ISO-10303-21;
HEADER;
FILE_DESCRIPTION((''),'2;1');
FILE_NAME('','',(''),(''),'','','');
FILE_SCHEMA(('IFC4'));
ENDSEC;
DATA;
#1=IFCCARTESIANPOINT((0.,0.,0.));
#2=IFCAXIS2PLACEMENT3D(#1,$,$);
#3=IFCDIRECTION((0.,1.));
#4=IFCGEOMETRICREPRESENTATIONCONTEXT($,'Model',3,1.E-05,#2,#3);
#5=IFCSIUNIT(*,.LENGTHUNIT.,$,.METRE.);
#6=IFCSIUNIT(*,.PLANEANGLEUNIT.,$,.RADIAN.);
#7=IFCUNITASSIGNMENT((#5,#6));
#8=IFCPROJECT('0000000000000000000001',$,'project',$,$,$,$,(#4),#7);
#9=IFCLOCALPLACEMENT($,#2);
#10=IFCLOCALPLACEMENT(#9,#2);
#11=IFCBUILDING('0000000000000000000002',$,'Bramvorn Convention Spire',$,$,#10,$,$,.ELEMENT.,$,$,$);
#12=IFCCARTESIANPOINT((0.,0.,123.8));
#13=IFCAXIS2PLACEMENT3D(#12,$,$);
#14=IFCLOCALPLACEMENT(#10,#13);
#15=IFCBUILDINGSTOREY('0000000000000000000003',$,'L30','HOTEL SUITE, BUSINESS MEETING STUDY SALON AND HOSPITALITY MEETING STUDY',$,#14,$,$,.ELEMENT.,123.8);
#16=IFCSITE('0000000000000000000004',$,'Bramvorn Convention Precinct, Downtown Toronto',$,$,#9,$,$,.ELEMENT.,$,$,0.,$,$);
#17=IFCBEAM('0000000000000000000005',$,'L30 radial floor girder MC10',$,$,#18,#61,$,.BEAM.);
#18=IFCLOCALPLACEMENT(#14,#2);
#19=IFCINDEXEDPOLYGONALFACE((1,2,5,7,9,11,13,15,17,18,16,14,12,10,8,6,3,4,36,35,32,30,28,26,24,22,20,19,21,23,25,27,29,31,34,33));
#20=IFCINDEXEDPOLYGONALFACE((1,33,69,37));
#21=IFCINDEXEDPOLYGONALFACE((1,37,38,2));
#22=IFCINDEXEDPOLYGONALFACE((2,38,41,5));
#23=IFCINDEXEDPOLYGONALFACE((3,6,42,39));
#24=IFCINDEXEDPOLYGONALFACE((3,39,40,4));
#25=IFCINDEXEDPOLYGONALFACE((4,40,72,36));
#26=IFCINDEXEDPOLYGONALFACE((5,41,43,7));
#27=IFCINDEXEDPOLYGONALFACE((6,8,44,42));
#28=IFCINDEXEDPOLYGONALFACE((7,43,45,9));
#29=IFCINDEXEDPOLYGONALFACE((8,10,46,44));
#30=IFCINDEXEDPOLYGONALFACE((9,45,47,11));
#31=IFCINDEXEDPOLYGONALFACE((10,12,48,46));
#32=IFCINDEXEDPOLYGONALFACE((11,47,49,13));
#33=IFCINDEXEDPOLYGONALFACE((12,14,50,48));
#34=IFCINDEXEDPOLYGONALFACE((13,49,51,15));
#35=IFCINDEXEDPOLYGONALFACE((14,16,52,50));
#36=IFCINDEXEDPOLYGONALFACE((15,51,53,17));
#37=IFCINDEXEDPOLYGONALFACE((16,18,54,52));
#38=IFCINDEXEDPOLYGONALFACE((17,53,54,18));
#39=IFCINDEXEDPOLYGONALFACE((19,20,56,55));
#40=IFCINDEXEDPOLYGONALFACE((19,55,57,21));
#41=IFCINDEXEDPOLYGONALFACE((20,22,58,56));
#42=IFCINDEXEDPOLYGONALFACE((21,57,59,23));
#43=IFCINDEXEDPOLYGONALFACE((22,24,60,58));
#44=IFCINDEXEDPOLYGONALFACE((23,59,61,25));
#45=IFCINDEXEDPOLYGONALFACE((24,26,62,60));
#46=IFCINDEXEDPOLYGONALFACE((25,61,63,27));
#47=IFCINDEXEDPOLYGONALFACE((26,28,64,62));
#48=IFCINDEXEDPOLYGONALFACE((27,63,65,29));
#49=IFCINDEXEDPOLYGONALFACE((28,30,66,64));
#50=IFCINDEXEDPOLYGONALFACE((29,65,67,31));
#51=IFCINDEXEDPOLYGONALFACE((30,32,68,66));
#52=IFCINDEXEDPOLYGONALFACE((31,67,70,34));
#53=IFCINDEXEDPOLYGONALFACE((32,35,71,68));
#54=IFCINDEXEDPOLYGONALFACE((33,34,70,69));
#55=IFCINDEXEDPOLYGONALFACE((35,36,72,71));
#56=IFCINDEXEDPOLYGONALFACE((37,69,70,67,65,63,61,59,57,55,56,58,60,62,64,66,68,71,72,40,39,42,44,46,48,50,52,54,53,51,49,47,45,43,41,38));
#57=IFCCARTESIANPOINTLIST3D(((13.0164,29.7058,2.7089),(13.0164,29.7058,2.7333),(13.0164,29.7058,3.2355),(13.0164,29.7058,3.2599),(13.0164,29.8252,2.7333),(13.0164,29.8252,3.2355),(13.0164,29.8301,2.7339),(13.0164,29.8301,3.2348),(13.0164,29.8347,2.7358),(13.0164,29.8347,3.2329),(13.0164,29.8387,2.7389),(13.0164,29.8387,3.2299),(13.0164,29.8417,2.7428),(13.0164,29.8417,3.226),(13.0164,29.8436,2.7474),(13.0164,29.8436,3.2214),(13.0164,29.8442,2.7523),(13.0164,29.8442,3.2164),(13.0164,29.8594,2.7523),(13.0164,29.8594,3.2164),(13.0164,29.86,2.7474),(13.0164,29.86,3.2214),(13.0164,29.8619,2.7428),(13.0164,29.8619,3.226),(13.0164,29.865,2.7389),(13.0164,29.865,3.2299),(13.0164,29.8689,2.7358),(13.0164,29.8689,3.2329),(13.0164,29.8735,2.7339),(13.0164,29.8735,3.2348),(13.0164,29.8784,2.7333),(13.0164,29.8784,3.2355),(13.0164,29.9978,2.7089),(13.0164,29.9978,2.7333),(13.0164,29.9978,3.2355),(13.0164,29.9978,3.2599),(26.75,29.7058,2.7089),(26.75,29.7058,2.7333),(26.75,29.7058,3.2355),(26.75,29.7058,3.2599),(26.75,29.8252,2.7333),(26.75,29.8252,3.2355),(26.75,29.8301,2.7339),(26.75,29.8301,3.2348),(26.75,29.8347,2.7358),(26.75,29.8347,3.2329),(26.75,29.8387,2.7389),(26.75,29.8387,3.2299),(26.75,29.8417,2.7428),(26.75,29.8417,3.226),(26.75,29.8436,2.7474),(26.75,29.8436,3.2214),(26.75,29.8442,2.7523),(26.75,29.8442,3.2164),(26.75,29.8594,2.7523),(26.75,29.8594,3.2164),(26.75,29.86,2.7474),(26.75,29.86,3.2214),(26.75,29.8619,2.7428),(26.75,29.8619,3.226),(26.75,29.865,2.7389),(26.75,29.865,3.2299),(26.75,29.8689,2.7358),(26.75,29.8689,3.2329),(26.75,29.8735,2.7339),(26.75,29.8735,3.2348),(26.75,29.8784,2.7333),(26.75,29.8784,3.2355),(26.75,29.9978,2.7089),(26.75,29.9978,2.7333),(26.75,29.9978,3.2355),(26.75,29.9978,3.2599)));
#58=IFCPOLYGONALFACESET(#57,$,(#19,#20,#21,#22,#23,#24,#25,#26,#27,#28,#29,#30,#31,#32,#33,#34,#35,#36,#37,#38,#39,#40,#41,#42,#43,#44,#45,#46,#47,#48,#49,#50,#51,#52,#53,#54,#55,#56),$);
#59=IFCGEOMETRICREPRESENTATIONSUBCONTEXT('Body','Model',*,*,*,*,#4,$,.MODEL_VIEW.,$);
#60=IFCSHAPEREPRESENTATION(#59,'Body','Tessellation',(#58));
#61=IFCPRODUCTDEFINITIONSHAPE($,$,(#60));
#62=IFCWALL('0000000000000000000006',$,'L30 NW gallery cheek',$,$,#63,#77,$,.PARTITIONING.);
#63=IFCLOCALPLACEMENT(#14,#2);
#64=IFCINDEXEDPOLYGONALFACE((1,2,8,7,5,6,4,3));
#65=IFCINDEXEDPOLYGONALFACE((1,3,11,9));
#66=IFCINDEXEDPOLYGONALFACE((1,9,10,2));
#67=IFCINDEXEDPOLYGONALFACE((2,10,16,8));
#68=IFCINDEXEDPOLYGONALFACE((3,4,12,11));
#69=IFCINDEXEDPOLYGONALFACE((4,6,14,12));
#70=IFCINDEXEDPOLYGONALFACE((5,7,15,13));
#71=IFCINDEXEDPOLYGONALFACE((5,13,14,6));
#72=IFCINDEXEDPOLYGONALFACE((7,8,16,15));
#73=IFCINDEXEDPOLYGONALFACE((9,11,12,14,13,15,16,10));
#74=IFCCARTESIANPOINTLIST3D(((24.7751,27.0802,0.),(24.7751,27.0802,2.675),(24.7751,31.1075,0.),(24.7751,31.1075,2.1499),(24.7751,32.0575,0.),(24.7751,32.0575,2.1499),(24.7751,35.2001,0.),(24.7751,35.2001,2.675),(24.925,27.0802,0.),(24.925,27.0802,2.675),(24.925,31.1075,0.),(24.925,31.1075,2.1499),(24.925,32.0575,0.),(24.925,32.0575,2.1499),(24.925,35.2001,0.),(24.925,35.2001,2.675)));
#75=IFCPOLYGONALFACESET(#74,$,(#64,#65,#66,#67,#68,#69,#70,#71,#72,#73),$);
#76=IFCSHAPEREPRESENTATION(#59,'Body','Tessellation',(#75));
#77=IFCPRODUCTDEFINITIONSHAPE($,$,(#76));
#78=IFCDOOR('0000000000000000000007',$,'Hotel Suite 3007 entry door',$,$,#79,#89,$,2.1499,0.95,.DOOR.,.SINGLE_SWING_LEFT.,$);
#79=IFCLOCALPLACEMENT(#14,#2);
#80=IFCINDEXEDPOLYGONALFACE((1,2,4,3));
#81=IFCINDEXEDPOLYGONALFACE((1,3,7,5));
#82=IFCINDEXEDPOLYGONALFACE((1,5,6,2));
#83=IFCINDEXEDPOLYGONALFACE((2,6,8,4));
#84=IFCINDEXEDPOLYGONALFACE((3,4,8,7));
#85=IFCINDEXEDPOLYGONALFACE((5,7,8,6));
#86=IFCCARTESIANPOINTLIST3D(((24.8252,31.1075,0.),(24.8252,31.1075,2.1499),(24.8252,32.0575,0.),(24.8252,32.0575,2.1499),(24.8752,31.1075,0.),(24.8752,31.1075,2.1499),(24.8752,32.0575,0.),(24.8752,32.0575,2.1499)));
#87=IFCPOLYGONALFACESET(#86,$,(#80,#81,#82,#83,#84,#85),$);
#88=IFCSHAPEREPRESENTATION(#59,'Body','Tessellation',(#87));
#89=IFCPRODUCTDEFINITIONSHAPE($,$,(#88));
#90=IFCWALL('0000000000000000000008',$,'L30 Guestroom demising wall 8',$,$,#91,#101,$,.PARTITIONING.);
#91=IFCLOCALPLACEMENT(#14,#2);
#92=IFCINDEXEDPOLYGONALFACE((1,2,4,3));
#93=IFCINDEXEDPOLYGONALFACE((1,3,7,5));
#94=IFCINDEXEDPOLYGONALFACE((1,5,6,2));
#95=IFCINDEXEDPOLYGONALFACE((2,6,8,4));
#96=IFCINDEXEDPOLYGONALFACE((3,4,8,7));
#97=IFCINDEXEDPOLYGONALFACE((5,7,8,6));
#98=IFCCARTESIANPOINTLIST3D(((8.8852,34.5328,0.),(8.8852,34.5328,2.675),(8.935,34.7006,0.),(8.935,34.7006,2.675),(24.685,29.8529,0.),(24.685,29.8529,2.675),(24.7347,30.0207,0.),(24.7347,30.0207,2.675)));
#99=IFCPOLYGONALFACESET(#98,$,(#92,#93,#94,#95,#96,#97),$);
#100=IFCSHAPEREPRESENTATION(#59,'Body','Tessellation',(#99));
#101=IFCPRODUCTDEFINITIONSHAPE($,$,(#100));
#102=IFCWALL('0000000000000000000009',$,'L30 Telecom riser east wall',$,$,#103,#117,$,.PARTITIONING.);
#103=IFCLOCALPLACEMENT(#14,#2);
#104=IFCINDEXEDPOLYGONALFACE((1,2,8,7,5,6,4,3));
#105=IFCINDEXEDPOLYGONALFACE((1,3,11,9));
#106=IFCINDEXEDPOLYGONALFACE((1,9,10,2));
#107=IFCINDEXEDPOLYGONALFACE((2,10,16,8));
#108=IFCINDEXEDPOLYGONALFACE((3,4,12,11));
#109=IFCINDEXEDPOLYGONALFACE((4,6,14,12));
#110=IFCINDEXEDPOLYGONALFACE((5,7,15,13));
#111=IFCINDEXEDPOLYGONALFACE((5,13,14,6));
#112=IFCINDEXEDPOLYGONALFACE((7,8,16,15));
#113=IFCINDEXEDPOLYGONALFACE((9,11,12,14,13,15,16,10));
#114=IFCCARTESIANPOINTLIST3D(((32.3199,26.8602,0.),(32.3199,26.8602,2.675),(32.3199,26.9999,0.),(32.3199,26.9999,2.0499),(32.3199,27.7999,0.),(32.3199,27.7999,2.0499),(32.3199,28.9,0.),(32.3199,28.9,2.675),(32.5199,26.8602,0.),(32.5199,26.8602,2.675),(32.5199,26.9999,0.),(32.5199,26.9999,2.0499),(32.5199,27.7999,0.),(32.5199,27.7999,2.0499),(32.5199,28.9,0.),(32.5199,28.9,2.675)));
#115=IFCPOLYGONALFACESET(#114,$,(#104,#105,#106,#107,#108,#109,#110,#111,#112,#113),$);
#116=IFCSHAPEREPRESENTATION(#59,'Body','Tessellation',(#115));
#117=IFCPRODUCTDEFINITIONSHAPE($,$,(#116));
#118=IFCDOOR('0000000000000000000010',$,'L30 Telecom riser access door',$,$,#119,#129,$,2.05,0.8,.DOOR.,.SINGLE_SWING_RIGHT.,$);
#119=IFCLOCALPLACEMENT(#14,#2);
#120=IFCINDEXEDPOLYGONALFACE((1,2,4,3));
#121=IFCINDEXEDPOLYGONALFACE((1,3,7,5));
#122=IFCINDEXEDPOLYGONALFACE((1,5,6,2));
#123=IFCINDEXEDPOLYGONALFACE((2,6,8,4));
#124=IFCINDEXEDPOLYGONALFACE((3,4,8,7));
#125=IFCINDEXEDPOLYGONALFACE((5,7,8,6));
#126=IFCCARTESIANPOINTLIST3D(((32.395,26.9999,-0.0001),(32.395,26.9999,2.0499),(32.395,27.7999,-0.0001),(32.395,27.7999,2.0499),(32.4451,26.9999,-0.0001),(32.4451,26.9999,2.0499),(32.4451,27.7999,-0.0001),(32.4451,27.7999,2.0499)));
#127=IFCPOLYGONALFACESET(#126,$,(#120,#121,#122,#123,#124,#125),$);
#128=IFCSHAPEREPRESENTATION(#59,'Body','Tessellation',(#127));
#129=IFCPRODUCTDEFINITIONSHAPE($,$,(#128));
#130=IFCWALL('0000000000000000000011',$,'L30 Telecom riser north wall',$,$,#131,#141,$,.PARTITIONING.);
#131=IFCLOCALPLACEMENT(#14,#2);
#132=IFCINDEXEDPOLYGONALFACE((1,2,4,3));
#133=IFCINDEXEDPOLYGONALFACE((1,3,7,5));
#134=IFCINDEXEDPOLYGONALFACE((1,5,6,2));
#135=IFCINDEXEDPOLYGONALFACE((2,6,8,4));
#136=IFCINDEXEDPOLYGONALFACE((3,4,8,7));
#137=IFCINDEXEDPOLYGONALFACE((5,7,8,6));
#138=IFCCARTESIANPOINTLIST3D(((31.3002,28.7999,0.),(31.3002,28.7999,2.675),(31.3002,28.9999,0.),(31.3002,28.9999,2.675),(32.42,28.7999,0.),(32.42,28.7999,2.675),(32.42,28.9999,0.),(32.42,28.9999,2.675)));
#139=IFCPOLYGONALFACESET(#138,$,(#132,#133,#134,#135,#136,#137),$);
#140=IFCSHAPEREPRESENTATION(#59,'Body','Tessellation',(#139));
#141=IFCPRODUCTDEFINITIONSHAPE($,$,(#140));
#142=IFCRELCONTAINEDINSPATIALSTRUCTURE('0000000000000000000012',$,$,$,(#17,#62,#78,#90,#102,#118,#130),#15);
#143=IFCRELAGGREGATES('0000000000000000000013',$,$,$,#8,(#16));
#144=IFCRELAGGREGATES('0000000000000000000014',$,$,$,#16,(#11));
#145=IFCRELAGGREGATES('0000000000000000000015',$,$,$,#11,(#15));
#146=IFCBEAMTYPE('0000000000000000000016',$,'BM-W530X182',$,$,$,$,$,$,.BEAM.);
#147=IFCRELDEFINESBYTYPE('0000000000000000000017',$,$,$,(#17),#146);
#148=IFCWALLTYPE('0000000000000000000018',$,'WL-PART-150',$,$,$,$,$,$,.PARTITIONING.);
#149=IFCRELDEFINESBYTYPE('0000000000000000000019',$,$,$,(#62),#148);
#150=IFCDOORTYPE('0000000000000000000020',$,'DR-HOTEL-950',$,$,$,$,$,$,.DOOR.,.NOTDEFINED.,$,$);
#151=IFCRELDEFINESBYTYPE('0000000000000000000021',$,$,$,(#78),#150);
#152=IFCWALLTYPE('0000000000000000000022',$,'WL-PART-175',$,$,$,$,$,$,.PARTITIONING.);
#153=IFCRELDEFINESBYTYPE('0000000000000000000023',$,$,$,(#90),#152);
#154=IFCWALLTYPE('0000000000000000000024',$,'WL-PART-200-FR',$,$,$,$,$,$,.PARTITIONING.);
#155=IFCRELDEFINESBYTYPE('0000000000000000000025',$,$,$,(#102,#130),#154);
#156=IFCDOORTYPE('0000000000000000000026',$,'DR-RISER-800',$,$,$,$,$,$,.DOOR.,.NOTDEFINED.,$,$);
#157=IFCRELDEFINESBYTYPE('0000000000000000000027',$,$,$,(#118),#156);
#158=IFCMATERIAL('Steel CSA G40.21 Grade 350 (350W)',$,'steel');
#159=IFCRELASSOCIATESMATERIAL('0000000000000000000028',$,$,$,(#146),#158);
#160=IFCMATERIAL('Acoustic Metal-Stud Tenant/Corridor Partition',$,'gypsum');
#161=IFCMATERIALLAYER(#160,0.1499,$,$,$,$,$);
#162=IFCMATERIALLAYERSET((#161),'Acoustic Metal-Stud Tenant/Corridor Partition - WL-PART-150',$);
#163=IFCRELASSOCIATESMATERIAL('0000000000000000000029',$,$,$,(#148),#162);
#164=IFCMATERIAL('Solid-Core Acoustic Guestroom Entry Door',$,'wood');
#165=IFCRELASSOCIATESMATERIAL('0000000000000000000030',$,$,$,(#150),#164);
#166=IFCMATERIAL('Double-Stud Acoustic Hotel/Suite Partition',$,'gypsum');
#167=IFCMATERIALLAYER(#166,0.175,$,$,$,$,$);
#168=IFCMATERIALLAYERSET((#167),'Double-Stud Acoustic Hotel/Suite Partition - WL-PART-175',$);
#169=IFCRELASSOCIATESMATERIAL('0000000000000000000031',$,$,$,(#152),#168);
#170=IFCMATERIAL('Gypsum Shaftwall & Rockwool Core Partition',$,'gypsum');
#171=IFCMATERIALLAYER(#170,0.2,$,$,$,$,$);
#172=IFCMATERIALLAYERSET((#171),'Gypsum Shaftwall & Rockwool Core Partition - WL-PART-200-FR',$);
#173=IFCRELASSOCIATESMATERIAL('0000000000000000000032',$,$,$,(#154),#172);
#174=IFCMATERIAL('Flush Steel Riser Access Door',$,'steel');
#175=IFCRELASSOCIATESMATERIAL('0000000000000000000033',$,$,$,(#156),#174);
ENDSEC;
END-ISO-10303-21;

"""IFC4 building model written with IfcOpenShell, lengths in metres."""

from ifc_helpers import new_model, si_unit, direction, frame, frame_2d, origin, origin_2d, place, context, subcontext, project, spatial, rectangle, i_section, extrude, material, layer, layer_set, material_profile, profile_set, type_object, element, fill, save


model = new_model("IFC4")

# Units and contexts
model_context = context("Model", 3, precision=1e-05, world=origin(), true_north=direction((0.0, 1.0)))
body_context = subcontext(model_context, "Body", "Model", "MODEL_VIEW")
ifc_project = project(units=[si_unit("LENGTHUNIT", "METRE"), si_unit("PLANEANGLEUNIT", "RADIAN")], contexts=[model_context])

# Site, building, storey
site_placement = place(None, origin())
site = spatial("IfcSite", under=ifc_project, at=site_placement, Name="Bramvorn Convention Precinct, Downtown Toronto", CompositionType="ELEMENT", RefElevation=0.0)
building_placement = place(site_placement, origin())
building = spatial("IfcBuilding", under=site, at=building_placement, Name="Bramvorn Convention Spire", CompositionType="ELEMENT")
storey_placement = place(building_placement, frame((0.0, 0.0, 123.8)))
storey = spatial("IfcBuildingStorey", under=building, at=storey_placement, Name="L30", Description="HOTEL SUITE, BUSINESS MEETING STUDY SALON AND HOSPITALITY MEETING STUDY", CompositionType="ELEMENT", Elevation=123.8)

# Beam
ifc_material_1 = material(Name="Steel CSA G40.21 Grade 350 (350W)", Category="steel")
ifc_material_profile = material_profile(ifc_material_1, i_section(OverallWidth=0.292, OverallDepth=0.551, WebThickness=0.0151, FlangeThickness=0.0244, FilletRadius=0.019, at=origin_2d()))
ifc_profile_set = profile_set([ifc_material_profile], Name="Steel CSA G40.21 Grade 350 (350W) - W530X182")
beam_type = type_object("IfcBeamType", Name="BM-W530X182", PredefinedType="BEAM", material=ifc_profile_set)
beam_placement = place(storey_placement, frame((26.75, 29.8518, 2.9844), z_axis=(-1.0, 0.0, 0.0), x_axis=(0.0, -1.0, 0.0)))
element("IfcBeam", 1, at=beam_placement, inside=storey, type_object=beam_type, Name="L30 radial floor girder MC10", PredefinedType="BEAM", context=body_context, shape_type="SweptSolid", body=[
    extrude(i_section(OverallWidth=0.292, OverallDepth=0.551, WebThickness=0.0151, FlangeThickness=0.0244, FilletRadius=0.019, at=origin_2d()), origin(), (0.0, 0.0, 1.0), 13.7336),
])

# Wall, opening, door
ifc_material_2 = material(Name="Acoustic Metal-Stud Tenant/Corridor Partition", Category="gypsum")
ifc_layer_1 = layer(ifc_material_2, 0.1499)
ifc_layer_set_1 = layer_set([ifc_layer_1], Name="Acoustic Metal-Stud Tenant/Corridor Partition - WL-PART-150")
wall_type_1 = type_object("IfcWallType", Name="WL-PART-150", PredefinedType="PARTITIONING", material=ifc_layer_set_1)
wall_1_placement = place(storey_placement, frame((24.8501, 27.0801, 0.0), z_axis=(0.0, 0.0, 1.0), x_axis=(0.0, 1.0, 0.0)))
wall_1 = element("IfcWall", 2, at=wall_1_placement, inside=storey, type_object=wall_type_1, Name="L30 NW gallery cheek", PredefinedType="PARTITIONING", context=body_context, shape_type="SweptSolid", body=[
    extrude(rectangle(XDim=8.1199, YDim=0.1499, at=frame_2d((4.0601, 0.0))), origin(), (0.0, 0.0, 1.0), 2.675),
])
opening_1_placement = place(wall_1_placement, frame((4.0273, 0.0, 0.0)))
opening_1 = element("IfcOpeningElement", 3, at=opening_1_placement, cuts=wall_1, PredefinedType="OPENING", context=body_context, shape_type="SweptSolid", body=[
    extrude(rectangle(XDim=0.95, YDim=2.1499, at=frame_2d((0.4751, 1.075))), frame((0.0, 0.085, 0.0), z_axis=(0.0, -1.0, 0.0), x_axis=(1.0, 0.0, 0.0)), (0.0, 0.0, 1.0), 0.1699),
])
ifc_material_3 = material(Name="Solid-Core Acoustic Guestroom Entry Door", Category="wood")
door_type_1 = type_object("IfcDoorType", Name="DR-HOTEL-950", OperationType="NOTDEFINED", PredefinedType="DOOR", material=ifc_material_3)
door_1_placement = place(opening_1_placement, origin())
door_1 = element("IfcDoor", 4, at=door_1_placement, inside=storey, type_object=door_type_1, Name="Hotel Suite 3007 entry door", OperationType="SINGLE_SWING_LEFT", OverallHeight=2.1499, OverallWidth=0.95, PredefinedType="DOOR", context=body_context, shape_type="SweptSolid", body=[
    extrude(rectangle(XDim=0.95, YDim=2.1499, at=frame_2d((0.4751, 1.075))), frame((0.0, 0.0249, 0.0), z_axis=(0.0, -1.0, 0.0), x_axis=(1.0, 0.0, 0.0)), (0.0, 0.0, 1.0), 0.05),
])
fill(opening_1, door_1)

# Wall
ifc_material_4 = material(Name="Double-Stud Acoustic Hotel/Suite Partition", Category="gypsum")
ifc_layer_2 = layer(ifc_material_4, 0.175)
ifc_layer_set_2 = layer_set([ifc_layer_2], Name="Double-Stud Acoustic Hotel/Suite Partition - WL-PART-175")
wall_type_2 = type_object("IfcWallType", Name="WL-PART-175", PredefinedType="PARTITIONING", material=ifc_layer_set_2)
wall_2_placement = place(storey_placement, frame((24.71, 29.9368, 0.0), z_axis=(0.0, 0.0, 1.0), x_axis=(-0.958823, 0.284005, 0.0)))
element("IfcWall", 5, at=wall_2_placement, inside=storey, type_object=wall_type_2, Name="L30 Guestroom demising wall 8", PredefinedType="PARTITIONING", context=body_context, shape_type="SweptSolid", body=[
    extrude(rectangle(XDim=16.4783, YDim=0.175, at=frame_2d((8.2393, 0.0))), origin(), (0.0, 0.0, 1.0), 2.675),
])

# Wall, opening, door
ifc_material_5 = material(Name="Gypsum Shaftwall & Rockwool Core Partition", Category="gypsum")
ifc_layer_3 = layer(ifc_material_5, 0.2)
ifc_layer_set_3 = layer_set([ifc_layer_3], Name="Gypsum Shaftwall & Rockwool Core Partition - WL-PART-200-FR")
wall_type_3 = type_object("IfcWallType", Name="WL-PART-200-FR", PredefinedType="PARTITIONING", material=ifc_layer_set_3)
wall_3_placement = place(storey_placement, frame((32.4199, 26.8601, 0.0), z_axis=(0.0, 0.0, 1.0), x_axis=(0.0, 1.0, 0.0)))
wall_3 = element("IfcWall", 6, at=wall_3_placement, inside=storey, type_object=wall_type_3, Name="L30 Telecom riser east wall", PredefinedType="PARTITIONING", context=body_context, shape_type="SweptSolid", body=[
    extrude(rectangle(XDim=2.0398, YDim=0.2, at=frame_2d((1.02, 0.0))), origin(), (0.0, 0.0, 1.0), 2.675),
])
opening_2_placement = place(wall_3_placement, frame((0.1399, 0.0, 0.0)))
opening_2 = element("IfcOpeningElement", 7, at=opening_2_placement, cuts=wall_3, PredefinedType="OPENING", context=body_context, shape_type="SweptSolid", body=[
    extrude(rectangle(XDim=0.8, YDim=2.05, at=frame_2d((0.3999, 1.0249))), frame((0.0, 0.1099, 0.0), z_axis=(0.0, -1.0, 0.0), x_axis=(1.0, 0.0, 0.0)), (0.0, 0.0, 1.0), 0.22),
])
ifc_material_6 = material(Name="Flush Steel Riser Access Door", Category="steel")
door_type_2 = type_object("IfcDoorType", Name="DR-RISER-800", OperationType="NOTDEFINED", PredefinedType="DOOR", material=ifc_material_6)
door_2_placement = place(opening_2_placement, origin())
door_2 = element("IfcDoor", 8, at=door_2_placement, inside=storey, type_object=door_type_2, Name="L30 Telecom riser access door", OperationType="SINGLE_SWING_RIGHT", OverallHeight=2.05, OverallWidth=0.8, PredefinedType="DOOR", context=body_context, shape_type="SweptSolid", body=[
    extrude(rectangle(XDim=0.8, YDim=2.05, at=frame_2d((0.3999, 1.0249))), frame((0.0, 0.0249, 0.0), z_axis=(0.0, -1.0, 0.0), x_axis=(1.0, 0.0, 0.0)), (0.0, 0.0, 1.0), 0.05),
])
fill(opening_2, door_2)

# Wall
wall_4_placement = place(storey_placement, frame((31.3, 28.8999, 0.0), z_axis=(0.0, 0.0, 1.0), x_axis=(1.0, 0.0, 0.0)))
element("IfcWall", 9, at=wall_4_placement, inside=storey, type_object=wall_type_3, Name="L30 Telecom riser north wall", PredefinedType="PARTITIONING", context=body_context, shape_type="SweptSolid", body=[
    extrude(rectangle(XDim=1.1199, YDim=0.2, at=frame_2d((0.5601, 0.0))), origin(), (0.0, 0.0, 1.0), 2.675),
])

save(model, "model.ifc")
